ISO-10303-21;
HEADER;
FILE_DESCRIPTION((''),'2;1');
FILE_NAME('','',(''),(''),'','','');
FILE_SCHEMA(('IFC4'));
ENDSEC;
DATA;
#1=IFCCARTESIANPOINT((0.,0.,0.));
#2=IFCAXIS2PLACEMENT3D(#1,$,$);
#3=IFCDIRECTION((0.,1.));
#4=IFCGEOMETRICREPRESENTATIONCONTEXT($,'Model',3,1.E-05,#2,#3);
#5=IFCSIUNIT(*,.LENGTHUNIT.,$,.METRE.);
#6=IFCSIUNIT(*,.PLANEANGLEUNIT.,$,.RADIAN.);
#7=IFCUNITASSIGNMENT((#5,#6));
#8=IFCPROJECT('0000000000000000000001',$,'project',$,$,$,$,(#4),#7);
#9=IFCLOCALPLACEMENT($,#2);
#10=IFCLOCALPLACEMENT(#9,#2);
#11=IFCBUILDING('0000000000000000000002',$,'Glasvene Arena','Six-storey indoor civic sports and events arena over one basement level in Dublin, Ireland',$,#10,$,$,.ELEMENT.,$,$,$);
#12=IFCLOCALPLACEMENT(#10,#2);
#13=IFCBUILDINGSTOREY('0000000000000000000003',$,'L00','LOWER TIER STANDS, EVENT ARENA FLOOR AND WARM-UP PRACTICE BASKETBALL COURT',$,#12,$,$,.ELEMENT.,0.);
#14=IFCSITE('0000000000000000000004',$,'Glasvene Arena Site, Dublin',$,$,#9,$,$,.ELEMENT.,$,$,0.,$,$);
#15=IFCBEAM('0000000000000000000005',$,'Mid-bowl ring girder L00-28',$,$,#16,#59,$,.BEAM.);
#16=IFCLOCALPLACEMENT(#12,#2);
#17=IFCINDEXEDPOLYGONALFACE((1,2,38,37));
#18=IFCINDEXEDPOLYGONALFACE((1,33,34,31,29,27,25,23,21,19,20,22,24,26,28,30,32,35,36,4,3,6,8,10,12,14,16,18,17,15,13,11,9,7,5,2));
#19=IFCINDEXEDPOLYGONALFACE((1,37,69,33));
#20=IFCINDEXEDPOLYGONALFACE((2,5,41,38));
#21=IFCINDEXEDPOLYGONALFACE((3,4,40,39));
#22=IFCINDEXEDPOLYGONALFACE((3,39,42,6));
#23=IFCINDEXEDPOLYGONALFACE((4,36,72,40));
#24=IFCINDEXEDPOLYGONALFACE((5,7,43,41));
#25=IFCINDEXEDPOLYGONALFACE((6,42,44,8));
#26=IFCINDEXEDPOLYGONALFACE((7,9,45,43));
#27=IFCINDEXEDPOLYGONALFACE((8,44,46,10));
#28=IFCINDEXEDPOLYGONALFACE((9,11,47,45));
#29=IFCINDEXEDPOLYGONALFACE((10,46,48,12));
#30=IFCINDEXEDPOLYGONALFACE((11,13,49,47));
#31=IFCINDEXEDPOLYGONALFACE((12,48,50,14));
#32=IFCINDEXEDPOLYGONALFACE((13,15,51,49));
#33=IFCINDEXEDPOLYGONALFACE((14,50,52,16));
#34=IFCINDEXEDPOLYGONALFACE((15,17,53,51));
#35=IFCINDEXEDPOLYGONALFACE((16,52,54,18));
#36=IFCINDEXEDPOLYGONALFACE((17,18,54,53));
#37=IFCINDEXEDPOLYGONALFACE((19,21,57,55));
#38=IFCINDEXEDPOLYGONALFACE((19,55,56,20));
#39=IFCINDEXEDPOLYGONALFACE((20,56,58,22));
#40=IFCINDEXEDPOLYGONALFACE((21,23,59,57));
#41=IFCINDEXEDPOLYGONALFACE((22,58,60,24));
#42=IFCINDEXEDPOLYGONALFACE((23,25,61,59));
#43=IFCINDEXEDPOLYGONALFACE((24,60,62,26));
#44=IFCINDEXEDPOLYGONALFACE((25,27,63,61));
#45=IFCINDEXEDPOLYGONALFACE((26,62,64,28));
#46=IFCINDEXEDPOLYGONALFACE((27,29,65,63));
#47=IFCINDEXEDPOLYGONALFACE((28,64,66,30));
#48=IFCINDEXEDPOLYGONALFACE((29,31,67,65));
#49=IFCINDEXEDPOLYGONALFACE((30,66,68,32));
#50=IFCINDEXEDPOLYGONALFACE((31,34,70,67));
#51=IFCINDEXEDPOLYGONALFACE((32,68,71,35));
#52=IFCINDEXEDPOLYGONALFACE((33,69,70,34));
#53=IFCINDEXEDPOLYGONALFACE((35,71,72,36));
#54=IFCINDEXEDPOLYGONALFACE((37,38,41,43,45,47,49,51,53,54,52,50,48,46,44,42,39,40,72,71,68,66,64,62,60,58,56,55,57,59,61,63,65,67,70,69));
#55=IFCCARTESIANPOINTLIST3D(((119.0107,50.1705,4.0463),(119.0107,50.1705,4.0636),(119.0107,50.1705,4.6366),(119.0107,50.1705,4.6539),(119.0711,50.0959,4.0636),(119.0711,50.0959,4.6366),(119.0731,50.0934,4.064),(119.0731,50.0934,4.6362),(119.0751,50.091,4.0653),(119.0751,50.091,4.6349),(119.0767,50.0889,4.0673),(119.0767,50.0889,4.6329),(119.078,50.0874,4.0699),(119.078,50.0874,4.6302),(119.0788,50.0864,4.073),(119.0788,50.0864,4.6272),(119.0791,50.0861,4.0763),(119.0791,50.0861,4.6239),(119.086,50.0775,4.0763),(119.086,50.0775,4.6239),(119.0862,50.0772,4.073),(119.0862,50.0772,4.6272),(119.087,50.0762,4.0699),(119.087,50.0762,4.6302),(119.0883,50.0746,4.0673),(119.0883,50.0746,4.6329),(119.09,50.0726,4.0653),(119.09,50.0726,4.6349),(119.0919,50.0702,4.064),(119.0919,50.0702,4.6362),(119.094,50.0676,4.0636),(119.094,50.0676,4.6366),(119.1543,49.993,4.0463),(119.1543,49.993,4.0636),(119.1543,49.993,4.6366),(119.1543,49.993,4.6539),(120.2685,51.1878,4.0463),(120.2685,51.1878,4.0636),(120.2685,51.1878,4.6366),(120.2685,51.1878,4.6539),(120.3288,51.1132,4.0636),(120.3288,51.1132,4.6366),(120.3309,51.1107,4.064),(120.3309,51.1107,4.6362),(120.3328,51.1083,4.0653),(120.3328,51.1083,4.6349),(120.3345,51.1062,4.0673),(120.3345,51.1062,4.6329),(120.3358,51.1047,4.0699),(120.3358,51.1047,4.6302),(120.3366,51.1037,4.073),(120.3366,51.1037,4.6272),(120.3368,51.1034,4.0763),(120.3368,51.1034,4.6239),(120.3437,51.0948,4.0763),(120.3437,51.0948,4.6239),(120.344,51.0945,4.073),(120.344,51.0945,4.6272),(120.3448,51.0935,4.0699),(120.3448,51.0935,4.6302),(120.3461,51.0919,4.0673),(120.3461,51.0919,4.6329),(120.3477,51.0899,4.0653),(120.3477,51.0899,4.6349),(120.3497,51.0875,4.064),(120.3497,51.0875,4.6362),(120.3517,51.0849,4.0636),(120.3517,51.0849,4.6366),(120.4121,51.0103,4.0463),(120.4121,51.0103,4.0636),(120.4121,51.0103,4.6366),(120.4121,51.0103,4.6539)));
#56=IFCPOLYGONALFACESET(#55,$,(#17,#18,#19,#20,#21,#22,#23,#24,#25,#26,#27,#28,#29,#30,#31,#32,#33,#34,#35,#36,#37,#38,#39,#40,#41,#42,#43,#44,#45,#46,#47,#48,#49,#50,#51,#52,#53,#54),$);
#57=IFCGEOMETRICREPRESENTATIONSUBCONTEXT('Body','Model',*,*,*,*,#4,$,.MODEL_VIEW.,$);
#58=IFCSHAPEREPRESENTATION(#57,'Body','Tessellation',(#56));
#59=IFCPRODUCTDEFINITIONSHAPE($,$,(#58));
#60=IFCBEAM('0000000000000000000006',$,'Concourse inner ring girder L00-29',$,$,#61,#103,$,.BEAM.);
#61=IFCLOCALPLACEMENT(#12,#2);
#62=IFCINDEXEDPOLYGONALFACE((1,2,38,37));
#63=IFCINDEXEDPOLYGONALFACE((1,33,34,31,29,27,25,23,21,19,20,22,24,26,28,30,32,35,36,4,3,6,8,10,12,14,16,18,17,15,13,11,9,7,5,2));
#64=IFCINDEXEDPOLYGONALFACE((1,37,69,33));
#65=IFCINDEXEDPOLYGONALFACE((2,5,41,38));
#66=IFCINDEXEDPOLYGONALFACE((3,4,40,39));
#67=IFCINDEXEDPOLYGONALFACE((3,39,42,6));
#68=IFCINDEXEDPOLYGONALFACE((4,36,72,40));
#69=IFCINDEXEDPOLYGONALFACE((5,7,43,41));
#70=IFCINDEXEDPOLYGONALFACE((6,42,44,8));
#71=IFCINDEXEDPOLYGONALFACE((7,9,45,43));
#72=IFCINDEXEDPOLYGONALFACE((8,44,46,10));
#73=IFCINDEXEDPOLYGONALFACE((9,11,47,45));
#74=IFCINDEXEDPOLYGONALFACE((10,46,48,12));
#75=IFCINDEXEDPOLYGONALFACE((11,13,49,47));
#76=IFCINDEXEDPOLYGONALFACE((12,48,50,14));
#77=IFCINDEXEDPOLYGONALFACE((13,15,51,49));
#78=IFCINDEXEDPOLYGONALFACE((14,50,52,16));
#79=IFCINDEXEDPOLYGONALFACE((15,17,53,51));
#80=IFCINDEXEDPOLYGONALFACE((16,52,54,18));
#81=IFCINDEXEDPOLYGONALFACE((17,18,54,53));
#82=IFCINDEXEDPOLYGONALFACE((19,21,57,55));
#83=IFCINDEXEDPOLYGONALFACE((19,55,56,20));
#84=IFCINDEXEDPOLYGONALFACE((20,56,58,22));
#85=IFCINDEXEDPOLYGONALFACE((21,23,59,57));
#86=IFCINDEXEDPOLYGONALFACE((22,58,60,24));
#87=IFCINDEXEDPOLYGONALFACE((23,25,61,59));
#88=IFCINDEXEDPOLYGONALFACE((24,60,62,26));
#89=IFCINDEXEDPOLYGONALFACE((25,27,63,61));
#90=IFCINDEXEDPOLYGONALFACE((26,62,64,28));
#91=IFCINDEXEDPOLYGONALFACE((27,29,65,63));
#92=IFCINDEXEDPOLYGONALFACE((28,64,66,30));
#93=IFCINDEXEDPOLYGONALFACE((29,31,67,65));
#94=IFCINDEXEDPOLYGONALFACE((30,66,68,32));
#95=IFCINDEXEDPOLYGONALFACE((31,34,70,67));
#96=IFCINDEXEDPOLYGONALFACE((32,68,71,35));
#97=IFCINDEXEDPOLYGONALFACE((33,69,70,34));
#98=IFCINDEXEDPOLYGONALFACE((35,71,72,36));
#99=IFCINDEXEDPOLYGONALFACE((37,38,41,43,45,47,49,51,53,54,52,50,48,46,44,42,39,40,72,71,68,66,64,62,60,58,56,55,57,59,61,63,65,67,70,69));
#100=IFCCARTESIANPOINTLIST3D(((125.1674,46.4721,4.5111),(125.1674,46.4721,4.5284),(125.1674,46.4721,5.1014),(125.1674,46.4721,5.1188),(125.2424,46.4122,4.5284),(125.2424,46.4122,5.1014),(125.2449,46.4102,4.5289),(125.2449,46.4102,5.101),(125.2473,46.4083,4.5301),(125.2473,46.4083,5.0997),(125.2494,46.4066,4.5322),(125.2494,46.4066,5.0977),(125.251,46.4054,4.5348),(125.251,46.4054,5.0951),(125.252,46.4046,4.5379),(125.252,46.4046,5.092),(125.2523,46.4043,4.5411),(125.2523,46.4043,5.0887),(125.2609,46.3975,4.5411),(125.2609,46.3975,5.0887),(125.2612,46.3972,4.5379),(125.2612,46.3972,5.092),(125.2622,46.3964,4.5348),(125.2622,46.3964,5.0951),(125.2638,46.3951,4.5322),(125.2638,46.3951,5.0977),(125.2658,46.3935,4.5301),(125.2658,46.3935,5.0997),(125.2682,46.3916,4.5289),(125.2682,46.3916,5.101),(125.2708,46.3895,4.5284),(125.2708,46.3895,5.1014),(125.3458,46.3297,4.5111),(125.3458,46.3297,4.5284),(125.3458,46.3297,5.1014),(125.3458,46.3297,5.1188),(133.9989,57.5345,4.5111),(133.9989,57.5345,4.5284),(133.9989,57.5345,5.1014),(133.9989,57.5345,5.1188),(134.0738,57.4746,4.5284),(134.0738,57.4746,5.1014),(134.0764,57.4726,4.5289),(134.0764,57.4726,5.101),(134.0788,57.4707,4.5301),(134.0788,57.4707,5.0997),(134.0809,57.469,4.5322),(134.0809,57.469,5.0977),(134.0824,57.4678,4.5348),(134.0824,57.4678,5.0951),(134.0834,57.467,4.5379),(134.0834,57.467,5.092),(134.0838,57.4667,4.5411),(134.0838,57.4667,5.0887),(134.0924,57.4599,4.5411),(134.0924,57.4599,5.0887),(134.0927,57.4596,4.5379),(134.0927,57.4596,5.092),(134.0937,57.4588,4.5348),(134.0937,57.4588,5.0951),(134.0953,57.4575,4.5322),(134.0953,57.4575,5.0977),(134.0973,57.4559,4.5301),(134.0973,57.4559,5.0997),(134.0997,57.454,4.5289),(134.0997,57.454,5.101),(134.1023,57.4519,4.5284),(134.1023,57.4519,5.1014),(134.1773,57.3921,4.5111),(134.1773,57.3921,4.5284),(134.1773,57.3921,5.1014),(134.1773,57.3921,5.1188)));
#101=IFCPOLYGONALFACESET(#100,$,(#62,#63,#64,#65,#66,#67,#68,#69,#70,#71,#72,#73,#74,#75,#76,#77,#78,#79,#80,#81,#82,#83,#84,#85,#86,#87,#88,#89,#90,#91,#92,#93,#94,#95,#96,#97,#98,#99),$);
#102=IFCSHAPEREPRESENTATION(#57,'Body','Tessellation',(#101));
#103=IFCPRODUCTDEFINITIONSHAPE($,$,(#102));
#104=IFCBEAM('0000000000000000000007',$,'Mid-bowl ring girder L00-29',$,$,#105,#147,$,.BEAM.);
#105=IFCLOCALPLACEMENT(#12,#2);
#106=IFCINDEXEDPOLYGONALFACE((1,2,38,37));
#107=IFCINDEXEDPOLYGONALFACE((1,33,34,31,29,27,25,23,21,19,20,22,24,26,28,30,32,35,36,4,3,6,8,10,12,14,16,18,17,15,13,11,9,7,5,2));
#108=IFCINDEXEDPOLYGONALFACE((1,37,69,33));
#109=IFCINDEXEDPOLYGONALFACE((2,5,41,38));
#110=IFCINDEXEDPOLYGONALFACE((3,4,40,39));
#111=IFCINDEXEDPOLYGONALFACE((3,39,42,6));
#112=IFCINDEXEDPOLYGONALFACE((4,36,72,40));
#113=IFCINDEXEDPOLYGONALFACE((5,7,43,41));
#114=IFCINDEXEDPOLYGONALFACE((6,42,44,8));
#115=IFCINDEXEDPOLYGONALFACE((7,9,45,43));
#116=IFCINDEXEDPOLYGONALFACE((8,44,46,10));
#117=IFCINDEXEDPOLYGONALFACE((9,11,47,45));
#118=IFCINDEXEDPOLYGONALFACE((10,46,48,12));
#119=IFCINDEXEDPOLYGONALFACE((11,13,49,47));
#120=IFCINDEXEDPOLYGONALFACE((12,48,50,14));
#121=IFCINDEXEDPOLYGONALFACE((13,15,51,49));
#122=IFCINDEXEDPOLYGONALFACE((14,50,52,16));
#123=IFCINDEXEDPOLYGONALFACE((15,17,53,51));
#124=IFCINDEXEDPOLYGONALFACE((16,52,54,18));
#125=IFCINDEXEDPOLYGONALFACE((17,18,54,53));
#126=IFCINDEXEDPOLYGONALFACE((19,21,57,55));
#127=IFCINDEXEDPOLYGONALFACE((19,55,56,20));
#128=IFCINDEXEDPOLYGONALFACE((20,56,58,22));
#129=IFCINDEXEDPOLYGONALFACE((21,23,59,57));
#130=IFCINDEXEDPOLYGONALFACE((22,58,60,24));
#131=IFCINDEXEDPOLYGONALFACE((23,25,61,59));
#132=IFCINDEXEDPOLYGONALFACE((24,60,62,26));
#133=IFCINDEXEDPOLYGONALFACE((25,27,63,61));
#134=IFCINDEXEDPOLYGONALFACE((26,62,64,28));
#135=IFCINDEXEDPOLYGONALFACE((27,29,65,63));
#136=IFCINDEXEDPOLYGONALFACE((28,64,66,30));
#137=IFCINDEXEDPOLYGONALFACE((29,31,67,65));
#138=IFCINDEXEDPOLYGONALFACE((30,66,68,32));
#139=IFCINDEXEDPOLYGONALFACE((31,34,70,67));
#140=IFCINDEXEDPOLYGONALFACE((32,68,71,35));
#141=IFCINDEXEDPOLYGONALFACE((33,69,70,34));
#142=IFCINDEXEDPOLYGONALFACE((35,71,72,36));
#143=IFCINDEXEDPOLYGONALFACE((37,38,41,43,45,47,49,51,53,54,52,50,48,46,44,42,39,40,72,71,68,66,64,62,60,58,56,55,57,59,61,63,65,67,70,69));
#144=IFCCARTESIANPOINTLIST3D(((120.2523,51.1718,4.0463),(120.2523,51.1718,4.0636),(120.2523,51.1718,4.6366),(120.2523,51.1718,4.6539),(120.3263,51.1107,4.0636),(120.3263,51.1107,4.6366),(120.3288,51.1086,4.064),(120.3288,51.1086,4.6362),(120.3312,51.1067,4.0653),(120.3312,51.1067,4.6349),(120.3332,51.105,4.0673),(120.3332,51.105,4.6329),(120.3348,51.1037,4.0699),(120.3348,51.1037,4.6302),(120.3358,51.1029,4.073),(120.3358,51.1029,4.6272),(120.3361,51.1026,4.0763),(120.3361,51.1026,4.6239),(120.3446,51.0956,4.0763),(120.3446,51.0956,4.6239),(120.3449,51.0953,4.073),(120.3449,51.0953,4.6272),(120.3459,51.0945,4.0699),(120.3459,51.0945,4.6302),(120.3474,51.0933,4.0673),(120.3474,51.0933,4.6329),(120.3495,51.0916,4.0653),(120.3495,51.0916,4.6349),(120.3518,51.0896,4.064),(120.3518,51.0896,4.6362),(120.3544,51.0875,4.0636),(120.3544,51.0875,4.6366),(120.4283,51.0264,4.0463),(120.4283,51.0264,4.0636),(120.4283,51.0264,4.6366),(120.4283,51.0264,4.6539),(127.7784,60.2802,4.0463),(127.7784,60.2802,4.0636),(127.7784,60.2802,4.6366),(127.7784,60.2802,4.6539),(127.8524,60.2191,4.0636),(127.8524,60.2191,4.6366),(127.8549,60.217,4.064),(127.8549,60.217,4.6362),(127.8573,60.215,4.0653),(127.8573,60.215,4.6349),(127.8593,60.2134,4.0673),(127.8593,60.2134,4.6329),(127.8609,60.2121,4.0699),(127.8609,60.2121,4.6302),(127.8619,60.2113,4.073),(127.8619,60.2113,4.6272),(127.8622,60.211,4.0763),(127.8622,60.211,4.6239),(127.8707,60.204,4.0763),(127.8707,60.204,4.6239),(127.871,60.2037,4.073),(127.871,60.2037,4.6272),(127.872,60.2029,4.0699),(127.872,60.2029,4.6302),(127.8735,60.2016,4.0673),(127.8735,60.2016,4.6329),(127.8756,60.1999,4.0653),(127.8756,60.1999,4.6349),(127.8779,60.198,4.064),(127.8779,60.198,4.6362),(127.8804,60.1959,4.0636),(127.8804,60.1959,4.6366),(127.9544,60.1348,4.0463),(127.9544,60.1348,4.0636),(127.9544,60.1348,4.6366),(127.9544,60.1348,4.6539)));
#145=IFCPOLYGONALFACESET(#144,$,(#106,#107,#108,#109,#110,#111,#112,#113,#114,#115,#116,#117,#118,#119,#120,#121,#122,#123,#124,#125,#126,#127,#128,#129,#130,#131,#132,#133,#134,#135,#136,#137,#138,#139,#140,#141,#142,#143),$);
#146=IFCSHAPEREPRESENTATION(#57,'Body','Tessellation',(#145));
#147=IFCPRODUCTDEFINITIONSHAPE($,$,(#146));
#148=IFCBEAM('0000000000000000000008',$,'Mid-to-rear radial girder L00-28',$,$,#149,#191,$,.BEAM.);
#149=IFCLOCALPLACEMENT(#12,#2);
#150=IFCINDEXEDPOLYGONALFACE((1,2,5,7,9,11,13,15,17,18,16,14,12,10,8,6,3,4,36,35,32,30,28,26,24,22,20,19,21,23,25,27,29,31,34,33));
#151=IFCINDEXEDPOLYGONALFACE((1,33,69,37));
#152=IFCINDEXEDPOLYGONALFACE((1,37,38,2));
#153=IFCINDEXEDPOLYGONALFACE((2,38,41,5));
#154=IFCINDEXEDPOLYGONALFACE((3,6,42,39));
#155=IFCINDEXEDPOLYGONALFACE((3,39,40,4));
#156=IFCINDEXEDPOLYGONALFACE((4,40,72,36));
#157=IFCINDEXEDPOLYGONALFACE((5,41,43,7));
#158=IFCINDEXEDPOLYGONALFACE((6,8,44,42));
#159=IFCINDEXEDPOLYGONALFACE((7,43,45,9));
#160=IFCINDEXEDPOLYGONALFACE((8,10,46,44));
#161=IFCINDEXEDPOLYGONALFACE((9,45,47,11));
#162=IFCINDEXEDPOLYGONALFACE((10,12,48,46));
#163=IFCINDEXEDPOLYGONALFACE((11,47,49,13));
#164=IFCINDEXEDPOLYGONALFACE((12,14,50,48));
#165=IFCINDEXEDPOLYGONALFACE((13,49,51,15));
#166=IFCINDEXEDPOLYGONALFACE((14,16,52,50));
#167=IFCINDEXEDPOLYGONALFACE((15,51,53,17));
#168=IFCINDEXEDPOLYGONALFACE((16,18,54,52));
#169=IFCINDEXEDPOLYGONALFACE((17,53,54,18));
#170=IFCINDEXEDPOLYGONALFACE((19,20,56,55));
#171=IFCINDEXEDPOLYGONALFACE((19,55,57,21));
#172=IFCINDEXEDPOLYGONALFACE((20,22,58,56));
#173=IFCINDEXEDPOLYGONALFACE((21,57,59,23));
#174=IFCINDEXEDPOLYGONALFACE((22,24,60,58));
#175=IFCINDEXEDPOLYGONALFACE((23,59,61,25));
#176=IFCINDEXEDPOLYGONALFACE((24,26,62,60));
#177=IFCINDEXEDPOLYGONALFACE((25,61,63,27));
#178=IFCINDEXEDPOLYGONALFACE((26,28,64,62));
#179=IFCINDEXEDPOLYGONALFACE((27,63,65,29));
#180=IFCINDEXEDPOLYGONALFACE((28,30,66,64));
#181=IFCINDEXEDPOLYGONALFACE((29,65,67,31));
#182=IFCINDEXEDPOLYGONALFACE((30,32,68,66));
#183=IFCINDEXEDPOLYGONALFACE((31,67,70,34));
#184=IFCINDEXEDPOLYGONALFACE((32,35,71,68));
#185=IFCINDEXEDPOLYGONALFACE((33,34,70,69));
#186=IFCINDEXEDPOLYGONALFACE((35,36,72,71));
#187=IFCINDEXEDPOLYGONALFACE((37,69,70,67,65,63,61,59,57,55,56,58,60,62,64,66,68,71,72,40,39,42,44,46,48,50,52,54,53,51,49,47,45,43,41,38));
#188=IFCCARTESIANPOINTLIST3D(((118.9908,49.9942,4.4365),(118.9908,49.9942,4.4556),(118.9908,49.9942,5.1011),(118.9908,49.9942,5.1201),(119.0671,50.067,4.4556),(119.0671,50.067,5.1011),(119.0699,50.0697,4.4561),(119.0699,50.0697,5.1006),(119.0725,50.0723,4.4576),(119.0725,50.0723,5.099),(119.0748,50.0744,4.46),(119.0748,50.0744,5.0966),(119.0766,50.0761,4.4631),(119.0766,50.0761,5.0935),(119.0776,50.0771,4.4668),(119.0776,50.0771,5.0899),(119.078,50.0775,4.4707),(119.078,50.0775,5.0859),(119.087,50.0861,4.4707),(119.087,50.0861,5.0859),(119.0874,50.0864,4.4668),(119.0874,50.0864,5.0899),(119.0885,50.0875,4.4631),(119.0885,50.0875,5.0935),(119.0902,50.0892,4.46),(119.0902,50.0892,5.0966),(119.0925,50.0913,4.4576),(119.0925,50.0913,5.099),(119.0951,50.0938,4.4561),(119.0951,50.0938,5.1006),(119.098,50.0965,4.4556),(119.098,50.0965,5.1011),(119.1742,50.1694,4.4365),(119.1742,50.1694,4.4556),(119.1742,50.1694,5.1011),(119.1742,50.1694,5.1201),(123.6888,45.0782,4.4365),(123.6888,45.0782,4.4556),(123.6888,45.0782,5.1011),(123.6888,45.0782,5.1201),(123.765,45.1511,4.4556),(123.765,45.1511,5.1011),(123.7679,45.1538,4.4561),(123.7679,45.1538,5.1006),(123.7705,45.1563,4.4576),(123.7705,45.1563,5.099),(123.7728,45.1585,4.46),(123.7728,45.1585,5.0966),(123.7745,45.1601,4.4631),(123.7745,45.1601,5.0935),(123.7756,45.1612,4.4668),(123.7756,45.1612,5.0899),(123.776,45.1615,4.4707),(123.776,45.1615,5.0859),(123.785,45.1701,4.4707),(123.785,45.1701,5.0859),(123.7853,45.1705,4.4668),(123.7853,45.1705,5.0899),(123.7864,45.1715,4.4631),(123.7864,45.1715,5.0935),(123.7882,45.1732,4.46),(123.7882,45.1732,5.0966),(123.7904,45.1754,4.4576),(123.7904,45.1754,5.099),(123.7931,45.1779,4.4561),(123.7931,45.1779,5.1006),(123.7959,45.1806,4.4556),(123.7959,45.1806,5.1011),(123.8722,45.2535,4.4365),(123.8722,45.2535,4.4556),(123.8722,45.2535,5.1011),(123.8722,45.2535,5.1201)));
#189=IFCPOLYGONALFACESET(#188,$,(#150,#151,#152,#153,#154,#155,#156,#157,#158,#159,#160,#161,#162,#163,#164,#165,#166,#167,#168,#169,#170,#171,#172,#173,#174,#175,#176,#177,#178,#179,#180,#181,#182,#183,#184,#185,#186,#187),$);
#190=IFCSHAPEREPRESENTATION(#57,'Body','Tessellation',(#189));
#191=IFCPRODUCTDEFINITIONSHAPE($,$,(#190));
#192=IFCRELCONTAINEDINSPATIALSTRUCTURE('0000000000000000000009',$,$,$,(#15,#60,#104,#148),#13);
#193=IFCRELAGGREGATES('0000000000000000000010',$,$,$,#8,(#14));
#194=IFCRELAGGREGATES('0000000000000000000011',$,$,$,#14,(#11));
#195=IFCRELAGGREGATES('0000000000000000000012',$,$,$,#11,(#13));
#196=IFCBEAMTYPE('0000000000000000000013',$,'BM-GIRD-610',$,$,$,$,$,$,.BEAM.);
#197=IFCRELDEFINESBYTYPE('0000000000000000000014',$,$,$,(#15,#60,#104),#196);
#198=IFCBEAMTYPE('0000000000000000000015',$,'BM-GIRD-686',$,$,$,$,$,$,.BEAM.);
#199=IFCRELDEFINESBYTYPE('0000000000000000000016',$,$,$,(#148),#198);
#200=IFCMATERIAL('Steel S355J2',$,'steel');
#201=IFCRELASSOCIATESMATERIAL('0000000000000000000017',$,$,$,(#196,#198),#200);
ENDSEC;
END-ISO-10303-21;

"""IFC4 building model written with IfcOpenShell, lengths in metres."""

from ifc_helpers import new_model, si_unit, direction, frame, origin, origin_2d, place, context, subcontext, project, spatial, i_section, extrude, material, material_profile, profile_set, type_object, element, save


model = new_model("IFC4")

# Units and contexts
model_context = context("Model", 3, precision=1e-05, world=origin(), true_north=direction((0.0, 1.0)))
body_context = subcontext(model_context, "Body", "Model", "MODEL_VIEW")
ifc_project = project(units=[si_unit("LENGTHUNIT", "METRE"), si_unit("PLANEANGLEUNIT", "RADIAN")], contexts=[model_context])

# Site, building, storey
site_placement = place(None, origin())
site = spatial("IfcSite", under=ifc_project, at=site_placement, Name="Glasvene Arena Site, Dublin", CompositionType="ELEMENT", RefElevation=0.0)
building_placement = place(site_placement, origin())
building = spatial("IfcBuilding", under=site, at=building_placement, Name="Glasvene Arena", Description="Six-storey indoor civic sports and events arena over one basement level in Dublin, Ireland", CompositionType="ELEMENT")
storey_placement = place(building_placement, origin())
storey = spatial("IfcBuildingStorey", under=building, at=storey_placement, Name="L00", Description="LOWER TIER STANDS, EVENT ARENA FLOOR AND WARM-UP PRACTICE BASKETBALL COURT", CompositionType="ELEMENT", Elevation=0.0)

# Shared definitions
ifc_material_1 = material(Name="Steel S355J2", Category="steel")

# Beams
ifc_material_profile_1 = material_profile(ifc_material_1, i_section(OverallWidth=0.2283, OverallDepth=0.6077, WebThickness=0.011, FlangeThickness=0.0173, FilletRadius=0.0127, at=origin_2d()), Name="UKB 610x229x113")
ifc_profile_set_1 = profile_set([ifc_material_profile_1], Name="Steel S355J2")
beam_type_1 = type_object("IfcBeamType", Name="BM-GIRD-610", PredefinedType="BEAM", material=ifc_profile_set_1)
beam_1_placement = place(storey_placement, frame((119.0825, 50.0818, 4.3501), z_axis=(0.777515, 0.628864, 0.0), x_axis=(-0.628864, 0.777515, 0.0)))
element("IfcBeam", 1, at=beam_1_placement, inside=storey, type_object=beam_type_1, Name="Mid-bowl ring girder L00-28", PredefinedType="BEAM", context=body_context, shape_type="SweptSolid", body=[
    extrude(i_section(OverallWidth=0.2283, OverallDepth=0.6077, WebThickness=0.011, FlangeThickness=0.0173, FilletRadius=0.0127, at=origin_2d()), origin(), (0.0, 0.0, 1.0), 1.6177),
])
beam_2_placement = place(storey_placement, frame((125.2566, 46.4009, 4.8149), z_axis=(0.6239, 0.781504, 0.0), x_axis=(-0.781504, 0.6239, 0.0)))
element("IfcBeam", 2, at=beam_2_placement, inside=storey, type_object=beam_type_1, Name="Concourse inner ring girder L00-29", PredefinedType="BEAM", context=body_context, shape_type="SweptSolid", body=[
    extrude(i_section(OverallWidth=0.2283, OverallDepth=0.6077, WebThickness=0.011, FlangeThickness=0.0173, FilletRadius=0.0127, at=origin_2d()), origin(), (0.0, 0.0, 1.0), 14.1553),
])
beam_3_placement = place(storey_placement, frame((120.3403, 51.0991, 4.3501), z_axis=(0.636972, 0.770887, 0.0), x_axis=(-0.770887, 0.636972, 0.0)))
element("IfcBeam", 3, at=beam_3_placement, inside=storey, type_object=beam_type_1, Name="Mid-bowl ring girder L00-29", PredefinedType="BEAM", context=body_context, shape_type="SweptSolid", body=[
    extrude(i_section(OverallWidth=0.2283, OverallDepth=0.6077, WebThickness=0.011, FlangeThickness=0.0173, FilletRadius=0.0127, at=origin_2d()), origin(), (0.0, 0.0, 1.0), 11.8154),
])
ifc_material_profile_2 = material_profile(ifc_material_1, i_section(OverallWidth=0.2537, OverallDepth=0.6836, WebThickness=0.0125, FlangeThickness=0.019, FilletRadius=0.0151, at=origin_2d()), Name="UKB 686x254x140")
ifc_profile_set_2 = profile_set([ifc_material_profile_2], Name="Steel S355J2")
beam_type_2 = type_object("IfcBeamType", Name="BM-GIRD-686", PredefinedType="BEAM", material=ifc_profile_set_2)
beam_4_placement = place(storey_placement, frame((119.0825, 50.0818, 4.7783), z_axis=(0.690894, -0.722956, 0.0), x_axis=(0.722956, 0.690894, 0.0)))
element("IfcBeam", 4, at=beam_4_placement, inside=storey, type_object=beam_type_2, Name="Mid-to-rear radial girder L00-28", PredefinedType="BEAM", context=body_context, shape_type="SweptSolid", body=[
    extrude(i_section(OverallWidth=0.2537, OverallDepth=0.6836, WebThickness=0.0125, FlangeThickness=0.019, FilletRadius=0.0151, at=origin_2d()), origin(), (0.0, 0.0, 1.0), 6.7998),
])

save(model, "model.ifc")
